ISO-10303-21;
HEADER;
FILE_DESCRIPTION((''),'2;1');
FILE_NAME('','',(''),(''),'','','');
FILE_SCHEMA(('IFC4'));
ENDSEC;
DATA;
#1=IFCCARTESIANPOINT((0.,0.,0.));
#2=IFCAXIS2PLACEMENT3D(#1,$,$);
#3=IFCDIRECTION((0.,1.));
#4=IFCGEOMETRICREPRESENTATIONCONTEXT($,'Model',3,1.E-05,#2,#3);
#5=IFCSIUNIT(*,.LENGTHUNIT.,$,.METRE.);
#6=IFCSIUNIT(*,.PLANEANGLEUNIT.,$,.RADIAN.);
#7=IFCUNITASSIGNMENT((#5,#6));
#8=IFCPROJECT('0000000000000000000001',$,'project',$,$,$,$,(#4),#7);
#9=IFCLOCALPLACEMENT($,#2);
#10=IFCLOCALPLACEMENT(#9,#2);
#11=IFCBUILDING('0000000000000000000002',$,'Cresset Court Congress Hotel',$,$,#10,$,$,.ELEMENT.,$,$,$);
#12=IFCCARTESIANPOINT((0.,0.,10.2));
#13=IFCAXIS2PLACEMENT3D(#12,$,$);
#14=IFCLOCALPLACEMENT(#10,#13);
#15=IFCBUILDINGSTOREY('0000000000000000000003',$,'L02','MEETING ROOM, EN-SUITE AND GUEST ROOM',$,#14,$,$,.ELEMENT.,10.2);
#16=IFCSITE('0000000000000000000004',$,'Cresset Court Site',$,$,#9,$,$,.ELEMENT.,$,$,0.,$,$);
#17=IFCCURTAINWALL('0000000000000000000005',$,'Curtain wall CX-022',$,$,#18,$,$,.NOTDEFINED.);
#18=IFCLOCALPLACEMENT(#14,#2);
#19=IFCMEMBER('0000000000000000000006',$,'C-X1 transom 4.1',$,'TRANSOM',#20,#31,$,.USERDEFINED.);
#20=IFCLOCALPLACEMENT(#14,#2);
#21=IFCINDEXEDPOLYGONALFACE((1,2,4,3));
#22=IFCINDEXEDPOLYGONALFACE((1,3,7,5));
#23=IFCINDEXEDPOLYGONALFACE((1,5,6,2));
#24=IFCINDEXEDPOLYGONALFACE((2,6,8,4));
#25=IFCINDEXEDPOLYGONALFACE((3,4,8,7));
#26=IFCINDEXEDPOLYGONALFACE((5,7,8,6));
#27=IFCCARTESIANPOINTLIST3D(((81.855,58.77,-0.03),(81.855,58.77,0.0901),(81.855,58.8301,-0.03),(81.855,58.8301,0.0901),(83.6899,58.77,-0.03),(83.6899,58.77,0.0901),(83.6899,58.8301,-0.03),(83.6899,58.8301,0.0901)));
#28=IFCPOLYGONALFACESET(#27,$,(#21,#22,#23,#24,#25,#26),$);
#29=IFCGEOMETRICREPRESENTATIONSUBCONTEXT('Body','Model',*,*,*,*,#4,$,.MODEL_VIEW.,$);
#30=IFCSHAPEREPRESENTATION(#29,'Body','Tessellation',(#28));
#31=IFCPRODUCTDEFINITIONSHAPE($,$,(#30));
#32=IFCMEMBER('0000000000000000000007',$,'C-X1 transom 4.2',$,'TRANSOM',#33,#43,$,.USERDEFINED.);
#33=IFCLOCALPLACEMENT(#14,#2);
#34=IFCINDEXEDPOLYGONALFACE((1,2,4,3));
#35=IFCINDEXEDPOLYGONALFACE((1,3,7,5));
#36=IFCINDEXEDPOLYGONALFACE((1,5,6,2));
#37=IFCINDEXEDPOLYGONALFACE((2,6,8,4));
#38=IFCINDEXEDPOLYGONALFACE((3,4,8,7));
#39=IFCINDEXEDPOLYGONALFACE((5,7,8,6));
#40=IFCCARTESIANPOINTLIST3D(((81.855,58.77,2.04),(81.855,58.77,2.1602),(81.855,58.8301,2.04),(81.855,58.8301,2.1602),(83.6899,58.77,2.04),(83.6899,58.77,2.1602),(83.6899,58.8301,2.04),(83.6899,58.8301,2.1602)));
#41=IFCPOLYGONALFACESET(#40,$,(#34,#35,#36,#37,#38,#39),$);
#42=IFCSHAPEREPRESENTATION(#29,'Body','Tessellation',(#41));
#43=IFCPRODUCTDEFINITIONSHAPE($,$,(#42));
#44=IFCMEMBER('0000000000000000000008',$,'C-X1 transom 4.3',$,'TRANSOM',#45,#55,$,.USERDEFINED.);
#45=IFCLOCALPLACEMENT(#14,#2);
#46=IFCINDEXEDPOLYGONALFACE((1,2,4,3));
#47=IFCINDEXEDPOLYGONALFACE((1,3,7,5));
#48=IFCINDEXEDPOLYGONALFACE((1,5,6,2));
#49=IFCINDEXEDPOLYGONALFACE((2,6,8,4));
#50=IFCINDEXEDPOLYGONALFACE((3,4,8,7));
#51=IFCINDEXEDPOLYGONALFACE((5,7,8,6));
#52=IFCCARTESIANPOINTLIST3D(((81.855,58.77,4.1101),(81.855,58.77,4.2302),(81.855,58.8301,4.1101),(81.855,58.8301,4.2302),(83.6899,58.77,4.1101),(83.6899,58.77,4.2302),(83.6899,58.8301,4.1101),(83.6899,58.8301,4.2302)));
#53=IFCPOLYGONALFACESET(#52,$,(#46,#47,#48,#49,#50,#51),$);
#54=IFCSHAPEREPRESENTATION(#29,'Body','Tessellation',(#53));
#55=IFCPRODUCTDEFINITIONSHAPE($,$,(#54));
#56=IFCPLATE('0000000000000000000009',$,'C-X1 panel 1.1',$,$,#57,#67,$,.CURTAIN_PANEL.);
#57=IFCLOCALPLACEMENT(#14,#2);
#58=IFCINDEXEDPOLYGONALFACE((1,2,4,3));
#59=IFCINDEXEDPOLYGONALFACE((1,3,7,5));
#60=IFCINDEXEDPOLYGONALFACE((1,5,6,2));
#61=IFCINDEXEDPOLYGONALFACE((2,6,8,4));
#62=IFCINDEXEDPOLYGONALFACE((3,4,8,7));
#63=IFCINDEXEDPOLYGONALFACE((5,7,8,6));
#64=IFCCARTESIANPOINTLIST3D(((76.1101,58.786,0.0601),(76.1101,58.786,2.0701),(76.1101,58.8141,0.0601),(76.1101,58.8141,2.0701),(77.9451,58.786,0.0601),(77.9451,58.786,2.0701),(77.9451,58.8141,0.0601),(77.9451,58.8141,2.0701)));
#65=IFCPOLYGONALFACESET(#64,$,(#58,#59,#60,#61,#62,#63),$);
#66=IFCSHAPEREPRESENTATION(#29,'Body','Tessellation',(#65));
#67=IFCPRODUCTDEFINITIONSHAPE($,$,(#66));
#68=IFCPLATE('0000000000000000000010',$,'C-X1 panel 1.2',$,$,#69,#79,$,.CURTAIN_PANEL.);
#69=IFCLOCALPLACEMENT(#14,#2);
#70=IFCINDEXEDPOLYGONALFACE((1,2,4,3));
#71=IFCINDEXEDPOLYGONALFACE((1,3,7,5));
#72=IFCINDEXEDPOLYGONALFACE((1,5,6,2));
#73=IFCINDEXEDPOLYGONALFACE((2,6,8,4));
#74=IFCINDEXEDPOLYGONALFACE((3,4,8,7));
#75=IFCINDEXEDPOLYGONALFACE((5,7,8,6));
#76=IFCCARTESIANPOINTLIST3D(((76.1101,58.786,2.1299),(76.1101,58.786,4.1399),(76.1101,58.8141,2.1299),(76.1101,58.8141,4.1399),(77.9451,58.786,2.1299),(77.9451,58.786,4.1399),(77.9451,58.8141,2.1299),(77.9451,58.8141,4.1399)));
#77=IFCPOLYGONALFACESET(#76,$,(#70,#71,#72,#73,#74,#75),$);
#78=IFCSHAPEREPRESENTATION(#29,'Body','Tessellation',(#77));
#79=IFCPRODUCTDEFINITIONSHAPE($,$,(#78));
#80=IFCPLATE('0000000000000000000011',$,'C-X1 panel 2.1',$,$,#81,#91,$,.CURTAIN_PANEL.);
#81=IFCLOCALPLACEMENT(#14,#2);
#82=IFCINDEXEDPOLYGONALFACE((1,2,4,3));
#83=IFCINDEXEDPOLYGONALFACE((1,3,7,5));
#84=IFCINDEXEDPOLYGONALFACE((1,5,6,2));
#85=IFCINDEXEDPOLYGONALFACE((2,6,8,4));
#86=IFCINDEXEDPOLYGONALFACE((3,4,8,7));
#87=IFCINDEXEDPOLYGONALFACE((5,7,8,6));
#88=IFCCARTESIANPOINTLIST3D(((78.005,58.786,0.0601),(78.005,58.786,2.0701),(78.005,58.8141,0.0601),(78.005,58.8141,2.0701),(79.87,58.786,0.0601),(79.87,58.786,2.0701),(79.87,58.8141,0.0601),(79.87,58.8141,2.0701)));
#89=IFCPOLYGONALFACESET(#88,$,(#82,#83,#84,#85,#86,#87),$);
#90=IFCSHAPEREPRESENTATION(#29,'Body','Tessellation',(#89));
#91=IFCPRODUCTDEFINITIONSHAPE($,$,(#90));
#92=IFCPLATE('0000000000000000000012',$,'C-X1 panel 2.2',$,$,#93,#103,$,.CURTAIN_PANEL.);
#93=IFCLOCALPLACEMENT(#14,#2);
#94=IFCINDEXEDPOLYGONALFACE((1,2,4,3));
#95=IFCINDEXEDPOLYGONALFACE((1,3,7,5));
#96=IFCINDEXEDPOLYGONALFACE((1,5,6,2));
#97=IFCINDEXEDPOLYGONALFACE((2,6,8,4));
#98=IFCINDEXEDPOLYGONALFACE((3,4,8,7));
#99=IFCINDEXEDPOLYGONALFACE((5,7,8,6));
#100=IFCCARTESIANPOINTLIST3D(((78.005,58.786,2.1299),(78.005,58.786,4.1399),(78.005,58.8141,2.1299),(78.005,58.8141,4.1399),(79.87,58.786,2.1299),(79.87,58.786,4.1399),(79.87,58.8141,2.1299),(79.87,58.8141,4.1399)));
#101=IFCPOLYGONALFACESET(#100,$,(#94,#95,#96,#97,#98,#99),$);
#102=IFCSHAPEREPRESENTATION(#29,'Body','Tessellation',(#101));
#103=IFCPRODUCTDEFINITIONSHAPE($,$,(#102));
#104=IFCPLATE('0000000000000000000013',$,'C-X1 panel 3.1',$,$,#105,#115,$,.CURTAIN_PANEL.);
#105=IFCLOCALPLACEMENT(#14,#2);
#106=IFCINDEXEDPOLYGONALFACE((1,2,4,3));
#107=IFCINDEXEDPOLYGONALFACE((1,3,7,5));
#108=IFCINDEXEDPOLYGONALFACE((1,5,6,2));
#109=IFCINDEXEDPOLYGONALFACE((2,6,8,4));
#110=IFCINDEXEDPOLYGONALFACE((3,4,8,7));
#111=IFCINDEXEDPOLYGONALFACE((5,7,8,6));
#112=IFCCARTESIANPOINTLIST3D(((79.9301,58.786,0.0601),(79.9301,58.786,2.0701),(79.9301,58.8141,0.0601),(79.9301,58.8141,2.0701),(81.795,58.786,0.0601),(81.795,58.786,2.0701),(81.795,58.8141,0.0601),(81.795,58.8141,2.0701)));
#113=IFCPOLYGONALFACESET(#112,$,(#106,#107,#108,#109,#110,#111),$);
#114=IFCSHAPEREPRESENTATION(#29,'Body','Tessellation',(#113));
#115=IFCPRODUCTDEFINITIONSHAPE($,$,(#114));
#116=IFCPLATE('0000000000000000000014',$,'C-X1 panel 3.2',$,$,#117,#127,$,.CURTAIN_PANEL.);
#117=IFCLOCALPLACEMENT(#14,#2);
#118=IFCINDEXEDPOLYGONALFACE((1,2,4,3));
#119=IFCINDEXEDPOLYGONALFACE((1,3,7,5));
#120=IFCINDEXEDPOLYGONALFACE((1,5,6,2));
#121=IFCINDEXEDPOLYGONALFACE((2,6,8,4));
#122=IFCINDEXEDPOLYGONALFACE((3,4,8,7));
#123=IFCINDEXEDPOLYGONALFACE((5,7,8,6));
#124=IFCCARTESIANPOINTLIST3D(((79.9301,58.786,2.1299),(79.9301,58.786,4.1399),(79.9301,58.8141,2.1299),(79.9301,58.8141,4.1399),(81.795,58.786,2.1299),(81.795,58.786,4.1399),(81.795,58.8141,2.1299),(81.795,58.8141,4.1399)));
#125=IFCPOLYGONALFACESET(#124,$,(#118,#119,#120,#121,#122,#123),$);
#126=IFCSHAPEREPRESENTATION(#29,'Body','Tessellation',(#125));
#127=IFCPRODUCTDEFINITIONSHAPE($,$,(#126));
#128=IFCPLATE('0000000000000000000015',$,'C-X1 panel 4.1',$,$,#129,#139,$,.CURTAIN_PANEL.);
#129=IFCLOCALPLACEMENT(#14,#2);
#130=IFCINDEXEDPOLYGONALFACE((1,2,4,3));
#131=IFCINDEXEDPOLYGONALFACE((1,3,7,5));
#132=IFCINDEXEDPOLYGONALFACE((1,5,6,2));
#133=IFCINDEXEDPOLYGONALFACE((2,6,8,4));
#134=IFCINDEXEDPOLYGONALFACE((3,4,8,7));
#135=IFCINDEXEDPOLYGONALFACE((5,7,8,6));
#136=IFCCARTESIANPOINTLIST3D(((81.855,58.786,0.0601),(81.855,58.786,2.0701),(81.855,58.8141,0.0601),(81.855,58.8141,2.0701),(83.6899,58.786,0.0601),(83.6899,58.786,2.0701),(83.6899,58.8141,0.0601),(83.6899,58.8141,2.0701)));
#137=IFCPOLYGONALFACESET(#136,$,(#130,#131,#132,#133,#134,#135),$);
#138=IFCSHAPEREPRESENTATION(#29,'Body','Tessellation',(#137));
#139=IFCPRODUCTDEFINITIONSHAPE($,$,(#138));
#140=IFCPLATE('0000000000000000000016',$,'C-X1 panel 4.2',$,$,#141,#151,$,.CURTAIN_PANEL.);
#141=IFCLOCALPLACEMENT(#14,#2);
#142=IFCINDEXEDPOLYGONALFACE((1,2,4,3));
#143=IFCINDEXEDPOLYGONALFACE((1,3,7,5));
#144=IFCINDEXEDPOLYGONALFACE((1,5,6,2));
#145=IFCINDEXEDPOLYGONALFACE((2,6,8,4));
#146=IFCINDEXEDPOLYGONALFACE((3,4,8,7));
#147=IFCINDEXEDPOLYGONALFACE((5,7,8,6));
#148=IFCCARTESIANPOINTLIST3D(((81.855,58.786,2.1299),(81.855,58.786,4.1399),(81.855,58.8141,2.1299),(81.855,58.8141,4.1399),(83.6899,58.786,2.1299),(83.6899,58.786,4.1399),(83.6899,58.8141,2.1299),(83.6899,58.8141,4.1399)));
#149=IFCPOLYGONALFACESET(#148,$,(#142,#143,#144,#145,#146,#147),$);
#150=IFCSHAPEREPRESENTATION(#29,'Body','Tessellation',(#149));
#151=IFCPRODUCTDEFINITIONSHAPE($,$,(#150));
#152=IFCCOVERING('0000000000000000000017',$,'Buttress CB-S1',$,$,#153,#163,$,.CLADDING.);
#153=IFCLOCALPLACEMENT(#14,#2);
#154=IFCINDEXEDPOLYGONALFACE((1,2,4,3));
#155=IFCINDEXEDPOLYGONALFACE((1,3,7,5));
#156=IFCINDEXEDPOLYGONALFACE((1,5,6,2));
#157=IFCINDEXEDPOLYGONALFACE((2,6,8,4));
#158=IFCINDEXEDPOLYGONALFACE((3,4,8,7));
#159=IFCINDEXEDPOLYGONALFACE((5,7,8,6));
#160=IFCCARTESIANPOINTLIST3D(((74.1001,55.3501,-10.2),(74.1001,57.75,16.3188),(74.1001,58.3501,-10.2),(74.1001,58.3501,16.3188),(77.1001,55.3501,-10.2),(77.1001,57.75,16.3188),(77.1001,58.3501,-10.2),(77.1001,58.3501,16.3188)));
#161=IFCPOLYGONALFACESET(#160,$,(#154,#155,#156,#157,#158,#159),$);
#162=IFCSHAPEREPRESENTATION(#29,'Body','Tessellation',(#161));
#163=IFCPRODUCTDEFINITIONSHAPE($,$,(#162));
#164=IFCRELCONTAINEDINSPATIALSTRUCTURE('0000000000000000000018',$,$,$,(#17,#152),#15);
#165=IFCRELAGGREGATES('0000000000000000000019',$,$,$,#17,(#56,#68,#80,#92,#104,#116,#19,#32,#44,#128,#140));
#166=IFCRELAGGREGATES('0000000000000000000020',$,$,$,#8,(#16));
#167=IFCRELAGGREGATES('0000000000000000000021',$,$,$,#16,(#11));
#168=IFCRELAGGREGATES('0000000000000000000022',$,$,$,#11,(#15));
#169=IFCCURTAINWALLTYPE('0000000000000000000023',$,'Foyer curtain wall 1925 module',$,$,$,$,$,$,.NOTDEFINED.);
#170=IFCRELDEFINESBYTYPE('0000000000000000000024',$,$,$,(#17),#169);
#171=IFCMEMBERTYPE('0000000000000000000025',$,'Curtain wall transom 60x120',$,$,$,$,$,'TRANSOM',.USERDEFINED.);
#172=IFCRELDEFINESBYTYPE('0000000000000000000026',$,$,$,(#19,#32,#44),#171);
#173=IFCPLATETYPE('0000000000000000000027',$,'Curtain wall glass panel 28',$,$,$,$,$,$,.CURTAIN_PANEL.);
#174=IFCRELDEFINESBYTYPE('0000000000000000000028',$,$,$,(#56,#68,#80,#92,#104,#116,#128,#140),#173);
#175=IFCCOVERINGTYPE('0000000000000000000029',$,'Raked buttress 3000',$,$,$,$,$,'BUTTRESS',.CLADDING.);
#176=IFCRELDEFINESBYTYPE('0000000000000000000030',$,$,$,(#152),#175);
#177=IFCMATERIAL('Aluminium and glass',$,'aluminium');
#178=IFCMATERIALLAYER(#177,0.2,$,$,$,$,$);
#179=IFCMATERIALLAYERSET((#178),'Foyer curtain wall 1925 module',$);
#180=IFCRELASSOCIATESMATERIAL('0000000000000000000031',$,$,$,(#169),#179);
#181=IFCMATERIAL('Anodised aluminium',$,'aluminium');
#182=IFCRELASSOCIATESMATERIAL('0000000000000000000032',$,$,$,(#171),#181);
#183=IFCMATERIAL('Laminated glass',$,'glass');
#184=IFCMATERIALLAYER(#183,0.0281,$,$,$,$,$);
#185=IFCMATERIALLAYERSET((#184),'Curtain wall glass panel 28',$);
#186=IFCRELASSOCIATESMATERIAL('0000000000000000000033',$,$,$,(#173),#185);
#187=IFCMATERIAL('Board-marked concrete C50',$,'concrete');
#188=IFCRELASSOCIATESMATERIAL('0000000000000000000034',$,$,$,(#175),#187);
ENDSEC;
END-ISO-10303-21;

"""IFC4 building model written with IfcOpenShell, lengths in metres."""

from ifc_helpers import new_model, si_unit, direction, frame, origin, origin_2d, place, context, subcontext, project, spatial, polyline, rectangle, outline, extrude, material, layer, layer_set, material_profile, profile_set, type_object, element, aggregate, save


model = new_model("IFC4")

# Units and contexts
model_context = context("Model", 3, precision=1e-05, world=origin(), true_north=direction((0.0, 1.0)))
body_context = subcontext(model_context, "Body", "Model", "MODEL_VIEW")
ifc_project = project(units=[si_unit("LENGTHUNIT", "METRE"), si_unit("PLANEANGLEUNIT", "RADIAN")], contexts=[model_context])

# Site, building, storey
site_placement = place(None, origin())
site = spatial("IfcSite", under=ifc_project, at=site_placement, Name="Cresset Court Site", CompositionType="ELEMENT", RefElevation=0.0)
building_placement = place(site_placement, origin())
building = spatial("IfcBuilding", under=site, at=building_placement, Name="Cresset Court Congress Hotel", CompositionType="ELEMENT")
storey_placement = place(building_placement, frame((0.0, 0.0, 10.2)))
storey = spatial("IfcBuildingStorey", under=building, at=storey_placement, Name="L02", Description="MEETING ROOM, EN-SUITE AND GUEST ROOM", CompositionType="ELEMENT", Elevation=10.2)

# Curtain wall, members, plates
ifc_material_1 = material(Name="Aluminium and glass", Category="aluminium")
ifc_layer_1 = layer(ifc_material_1, 0.2)
ifc_layer_set_1 = layer_set([ifc_layer_1], Name="Foyer curtain wall 1925 module")
curtain_wall_type_1 = type_object("IfcCurtainWallType", Name="Foyer curtain wall 1925 module", PredefinedType="NOTDEFINED", material=ifc_layer_set_1)
curtain_wall_1_placement = place(storey_placement, origin())
curtain_wall_1 = element("IfcCurtainWall", 1, at=curtain_wall_1_placement, inside=storey, type_object=curtain_wall_type_1, Name="Curtain wall CX-022", PredefinedType="NOTDEFINED")
ifc_material_2 = material(Name="Anodised aluminium", Category="aluminium")
ifc_material_profile_1 = material_profile(ifc_material_2, rectangle(XDim=0.0601, YDim=0.1201, at=origin_2d()), Name="AL60x120")
ifc_profile_set_1 = profile_set([ifc_material_profile_1], Name="Anodised aluminium")
member_type_1 = type_object("IfcMemberType", Name="Curtain wall transom 60x120", ElementType="TRANSOM", PredefinedType="USERDEFINED", material=ifc_profile_set_1)
member_1_placement = place(storey_placement, frame((81.855, 58.8, 0.03), z_axis=(1.0, 0.0, 0.0), x_axis=(0.0, 1.0, 0.0)))
member_1 = element("IfcMember", 2, at=member_1_placement, type_object=member_type_1, Name="C-X1 transom 4.1", ObjectType="TRANSOM", PredefinedType="USERDEFINED", context=body_context, shape_type="SweptSolid", body=[
    extrude(rectangle(XDim=0.0601, YDim=0.1201, at=origin_2d()), origin(), (0.0, 0.0, 1.0), 1.835),
])
member_2_placement = place(storey_placement, frame((81.855, 58.8, 2.1001), z_axis=(1.0, 0.0, 0.0), x_axis=(0.0, 1.0, 0.0)))
member_2 = element("IfcMember", 3, at=member_2_placement, type_object=member_type_1, Name="C-X1 transom 4.2", ObjectType="TRANSOM", PredefinedType="USERDEFINED", context=body_context, shape_type="SweptSolid", body=[
    extrude(rectangle(XDim=0.0601, YDim=0.1201, at=origin_2d()), origin(), (0.0, 0.0, 1.0), 1.835),
])
member_3_placement = place(storey_placement, frame((81.855, 58.8, 4.1702), z_axis=(1.0, 0.0, 0.0), x_axis=(0.0, 1.0, 0.0)))
member_3 = element("IfcMember", 4, at=member_3_placement, type_object=member_type_1, Name="C-X1 transom 4.3", ObjectType="TRANSOM", PredefinedType="USERDEFINED", context=body_context, shape_type="SweptSolid", body=[
    extrude(rectangle(XDim=0.0601, YDim=0.1201, at=origin_2d()), origin(), (0.0, 0.0, 1.0), 1.835),
])
ifc_material_3 = material(Name="Laminated glass", Category="glass")
ifc_layer_2 = layer(ifc_material_3, 0.0281)
ifc_layer_set_2 = layer_set([ifc_layer_2], Name="Curtain wall glass panel 28")
plate_type = type_object("IfcPlateType", Name="Curtain wall glass panel 28", PredefinedType="CURTAIN_PANEL", material=ifc_layer_set_2)
plate_1_placement = place(storey_placement, frame((77.0276, 58.8, 0.0601), z_axis=(0.0, 0.0, 1.0), x_axis=(1.0, 0.0, 0.0)))
plate_1 = element("IfcPlate", 5, at=plate_1_placement, type_object=plate_type, Name="C-X1 panel 1.1", PredefinedType="CURTAIN_PANEL", context=body_context, shape_type="SweptSolid", body=[
    extrude(rectangle(XDim=1.835, YDim=0.0281, at=origin_2d()), origin(), (0.0, 0.0, 1.0), 2.01),
])
plate_2_placement = place(storey_placement, frame((77.0276, 58.8, 2.1299), z_axis=(0.0, 0.0, 1.0), x_axis=(1.0, 0.0, 0.0)))
plate_2 = element("IfcPlate", 6, at=plate_2_placement, type_object=plate_type, Name="C-X1 panel 1.2", PredefinedType="CURTAIN_PANEL", context=body_context, shape_type="SweptSolid", body=[
    extrude(rectangle(XDim=1.835, YDim=0.0281, at=origin_2d()), origin(), (0.0, 0.0, 1.0), 2.01),
])
plate_3_placement = place(storey_placement, frame((78.9375, 58.8, 0.0601), z_axis=(0.0, 0.0, 1.0), x_axis=(1.0, 0.0, 0.0)))
plate_3 = element("IfcPlate", 7, at=plate_3_placement, type_object=plate_type, Name="C-X1 panel 2.1", PredefinedType="CURTAIN_PANEL", context=body_context, shape_type="SweptSolid", body=[
    extrude(rectangle(XDim=1.865, YDim=0.0281, at=origin_2d()), origin(), (0.0, 0.0, 1.0), 2.01),
])
plate_4_placement = place(storey_placement, frame((78.9375, 58.8, 2.1299), z_axis=(0.0, 0.0, 1.0), x_axis=(1.0, 0.0, 0.0)))
plate_4 = element("IfcPlate", 8, at=plate_4_placement, type_object=plate_type, Name="C-X1 panel 2.2", PredefinedType="CURTAIN_PANEL", context=body_context, shape_type="SweptSolid", body=[
    extrude(rectangle(XDim=1.865, YDim=0.0281, at=origin_2d()), origin(), (0.0, 0.0, 1.0), 2.01),
])
plate_5_placement = place(storey_placement, frame((80.8625, 58.8, 0.0601), z_axis=(0.0, 0.0, 1.0), x_axis=(1.0, 0.0, 0.0)))
plate_5 = element("IfcPlate", 9, at=plate_5_placement, type_object=plate_type, Name="C-X1 panel 3.1", PredefinedType="CURTAIN_PANEL", context=body_context, shape_type="SweptSolid", body=[
    extrude(rectangle(XDim=1.865, YDim=0.0281, at=origin_2d()), origin(), (0.0, 0.0, 1.0), 2.01),
])
plate_6_placement = place(storey_placement, frame((80.8625, 58.8, 2.1299), z_axis=(0.0, 0.0, 1.0), x_axis=(1.0, 0.0, 0.0)))
plate_6 = element("IfcPlate", 10, at=plate_6_placement, type_object=plate_type, Name="C-X1 panel 3.2", PredefinedType="CURTAIN_PANEL", context=body_context, shape_type="SweptSolid", body=[
    extrude(rectangle(XDim=1.865, YDim=0.0281, at=origin_2d()), origin(), (0.0, 0.0, 1.0), 2.01),
])
plate_7_placement = place(storey_placement, frame((82.7725, 58.8, 0.0601), z_axis=(0.0, 0.0, 1.0), x_axis=(1.0, 0.0, 0.0)))
plate_7 = element("IfcPlate", 11, at=plate_7_placement, type_object=plate_type, Name="C-X1 panel 4.1", PredefinedType="CURTAIN_PANEL", context=body_context, shape_type="SweptSolid", body=[
    extrude(rectangle(XDim=1.835, YDim=0.0281, at=origin_2d()), origin(), (0.0, 0.0, 1.0), 2.01),
])
plate_8_placement = place(storey_placement, frame((82.7725, 58.8, 2.1299), z_axis=(0.0, 0.0, 1.0), x_axis=(1.0, 0.0, 0.0)))
plate_8 = element("IfcPlate", 12, at=plate_8_placement, type_object=plate_type, Name="C-X1 panel 4.2", PredefinedType="CURTAIN_PANEL", context=body_context, shape_type="SweptSolid", body=[
    extrude(rectangle(XDim=1.835, YDim=0.0281, at=origin_2d()), origin(), (0.0, 0.0, 1.0), 2.01),
])
aggregate(curtain_wall_1, [plate_1, plate_2, plate_3, plate_4, plate_5, plate_6, member_1, member_2, member_3, plate_7, plate_8])

# Covering
ifc_material_4 = material(Name="Board-marked concrete C50", Category="concrete")
covering_type = type_object("IfcCoveringType", Name="Raked buttress 3000", ElementType="BUTTRESS", PredefinedType="CLADDING", material=ifc_material_4)
covering_placement = place(storey_placement, frame((77.1001, 58.3501, 16.3188), z_axis=(1.0, 0.0, 0.0), x_axis=(0.0, -1.0, 0.0)))
element("IfcCovering", 13, at=covering_placement, inside=storey, type_object=covering_type, Name="Buttress CB-S1", PredefinedType="CLADDING", context=body_context, shape_type="SweptSolid", body=[
    extrude(outline(polyline([(0.0, 0.0), (0.6001, 0.0), (3.0, 26.5188), (0.0, 26.5188), (0.0, 0.0)])), origin(), (0.0, 0.0, -1.0), 3.0),
])

save(model, "model.ifc")
